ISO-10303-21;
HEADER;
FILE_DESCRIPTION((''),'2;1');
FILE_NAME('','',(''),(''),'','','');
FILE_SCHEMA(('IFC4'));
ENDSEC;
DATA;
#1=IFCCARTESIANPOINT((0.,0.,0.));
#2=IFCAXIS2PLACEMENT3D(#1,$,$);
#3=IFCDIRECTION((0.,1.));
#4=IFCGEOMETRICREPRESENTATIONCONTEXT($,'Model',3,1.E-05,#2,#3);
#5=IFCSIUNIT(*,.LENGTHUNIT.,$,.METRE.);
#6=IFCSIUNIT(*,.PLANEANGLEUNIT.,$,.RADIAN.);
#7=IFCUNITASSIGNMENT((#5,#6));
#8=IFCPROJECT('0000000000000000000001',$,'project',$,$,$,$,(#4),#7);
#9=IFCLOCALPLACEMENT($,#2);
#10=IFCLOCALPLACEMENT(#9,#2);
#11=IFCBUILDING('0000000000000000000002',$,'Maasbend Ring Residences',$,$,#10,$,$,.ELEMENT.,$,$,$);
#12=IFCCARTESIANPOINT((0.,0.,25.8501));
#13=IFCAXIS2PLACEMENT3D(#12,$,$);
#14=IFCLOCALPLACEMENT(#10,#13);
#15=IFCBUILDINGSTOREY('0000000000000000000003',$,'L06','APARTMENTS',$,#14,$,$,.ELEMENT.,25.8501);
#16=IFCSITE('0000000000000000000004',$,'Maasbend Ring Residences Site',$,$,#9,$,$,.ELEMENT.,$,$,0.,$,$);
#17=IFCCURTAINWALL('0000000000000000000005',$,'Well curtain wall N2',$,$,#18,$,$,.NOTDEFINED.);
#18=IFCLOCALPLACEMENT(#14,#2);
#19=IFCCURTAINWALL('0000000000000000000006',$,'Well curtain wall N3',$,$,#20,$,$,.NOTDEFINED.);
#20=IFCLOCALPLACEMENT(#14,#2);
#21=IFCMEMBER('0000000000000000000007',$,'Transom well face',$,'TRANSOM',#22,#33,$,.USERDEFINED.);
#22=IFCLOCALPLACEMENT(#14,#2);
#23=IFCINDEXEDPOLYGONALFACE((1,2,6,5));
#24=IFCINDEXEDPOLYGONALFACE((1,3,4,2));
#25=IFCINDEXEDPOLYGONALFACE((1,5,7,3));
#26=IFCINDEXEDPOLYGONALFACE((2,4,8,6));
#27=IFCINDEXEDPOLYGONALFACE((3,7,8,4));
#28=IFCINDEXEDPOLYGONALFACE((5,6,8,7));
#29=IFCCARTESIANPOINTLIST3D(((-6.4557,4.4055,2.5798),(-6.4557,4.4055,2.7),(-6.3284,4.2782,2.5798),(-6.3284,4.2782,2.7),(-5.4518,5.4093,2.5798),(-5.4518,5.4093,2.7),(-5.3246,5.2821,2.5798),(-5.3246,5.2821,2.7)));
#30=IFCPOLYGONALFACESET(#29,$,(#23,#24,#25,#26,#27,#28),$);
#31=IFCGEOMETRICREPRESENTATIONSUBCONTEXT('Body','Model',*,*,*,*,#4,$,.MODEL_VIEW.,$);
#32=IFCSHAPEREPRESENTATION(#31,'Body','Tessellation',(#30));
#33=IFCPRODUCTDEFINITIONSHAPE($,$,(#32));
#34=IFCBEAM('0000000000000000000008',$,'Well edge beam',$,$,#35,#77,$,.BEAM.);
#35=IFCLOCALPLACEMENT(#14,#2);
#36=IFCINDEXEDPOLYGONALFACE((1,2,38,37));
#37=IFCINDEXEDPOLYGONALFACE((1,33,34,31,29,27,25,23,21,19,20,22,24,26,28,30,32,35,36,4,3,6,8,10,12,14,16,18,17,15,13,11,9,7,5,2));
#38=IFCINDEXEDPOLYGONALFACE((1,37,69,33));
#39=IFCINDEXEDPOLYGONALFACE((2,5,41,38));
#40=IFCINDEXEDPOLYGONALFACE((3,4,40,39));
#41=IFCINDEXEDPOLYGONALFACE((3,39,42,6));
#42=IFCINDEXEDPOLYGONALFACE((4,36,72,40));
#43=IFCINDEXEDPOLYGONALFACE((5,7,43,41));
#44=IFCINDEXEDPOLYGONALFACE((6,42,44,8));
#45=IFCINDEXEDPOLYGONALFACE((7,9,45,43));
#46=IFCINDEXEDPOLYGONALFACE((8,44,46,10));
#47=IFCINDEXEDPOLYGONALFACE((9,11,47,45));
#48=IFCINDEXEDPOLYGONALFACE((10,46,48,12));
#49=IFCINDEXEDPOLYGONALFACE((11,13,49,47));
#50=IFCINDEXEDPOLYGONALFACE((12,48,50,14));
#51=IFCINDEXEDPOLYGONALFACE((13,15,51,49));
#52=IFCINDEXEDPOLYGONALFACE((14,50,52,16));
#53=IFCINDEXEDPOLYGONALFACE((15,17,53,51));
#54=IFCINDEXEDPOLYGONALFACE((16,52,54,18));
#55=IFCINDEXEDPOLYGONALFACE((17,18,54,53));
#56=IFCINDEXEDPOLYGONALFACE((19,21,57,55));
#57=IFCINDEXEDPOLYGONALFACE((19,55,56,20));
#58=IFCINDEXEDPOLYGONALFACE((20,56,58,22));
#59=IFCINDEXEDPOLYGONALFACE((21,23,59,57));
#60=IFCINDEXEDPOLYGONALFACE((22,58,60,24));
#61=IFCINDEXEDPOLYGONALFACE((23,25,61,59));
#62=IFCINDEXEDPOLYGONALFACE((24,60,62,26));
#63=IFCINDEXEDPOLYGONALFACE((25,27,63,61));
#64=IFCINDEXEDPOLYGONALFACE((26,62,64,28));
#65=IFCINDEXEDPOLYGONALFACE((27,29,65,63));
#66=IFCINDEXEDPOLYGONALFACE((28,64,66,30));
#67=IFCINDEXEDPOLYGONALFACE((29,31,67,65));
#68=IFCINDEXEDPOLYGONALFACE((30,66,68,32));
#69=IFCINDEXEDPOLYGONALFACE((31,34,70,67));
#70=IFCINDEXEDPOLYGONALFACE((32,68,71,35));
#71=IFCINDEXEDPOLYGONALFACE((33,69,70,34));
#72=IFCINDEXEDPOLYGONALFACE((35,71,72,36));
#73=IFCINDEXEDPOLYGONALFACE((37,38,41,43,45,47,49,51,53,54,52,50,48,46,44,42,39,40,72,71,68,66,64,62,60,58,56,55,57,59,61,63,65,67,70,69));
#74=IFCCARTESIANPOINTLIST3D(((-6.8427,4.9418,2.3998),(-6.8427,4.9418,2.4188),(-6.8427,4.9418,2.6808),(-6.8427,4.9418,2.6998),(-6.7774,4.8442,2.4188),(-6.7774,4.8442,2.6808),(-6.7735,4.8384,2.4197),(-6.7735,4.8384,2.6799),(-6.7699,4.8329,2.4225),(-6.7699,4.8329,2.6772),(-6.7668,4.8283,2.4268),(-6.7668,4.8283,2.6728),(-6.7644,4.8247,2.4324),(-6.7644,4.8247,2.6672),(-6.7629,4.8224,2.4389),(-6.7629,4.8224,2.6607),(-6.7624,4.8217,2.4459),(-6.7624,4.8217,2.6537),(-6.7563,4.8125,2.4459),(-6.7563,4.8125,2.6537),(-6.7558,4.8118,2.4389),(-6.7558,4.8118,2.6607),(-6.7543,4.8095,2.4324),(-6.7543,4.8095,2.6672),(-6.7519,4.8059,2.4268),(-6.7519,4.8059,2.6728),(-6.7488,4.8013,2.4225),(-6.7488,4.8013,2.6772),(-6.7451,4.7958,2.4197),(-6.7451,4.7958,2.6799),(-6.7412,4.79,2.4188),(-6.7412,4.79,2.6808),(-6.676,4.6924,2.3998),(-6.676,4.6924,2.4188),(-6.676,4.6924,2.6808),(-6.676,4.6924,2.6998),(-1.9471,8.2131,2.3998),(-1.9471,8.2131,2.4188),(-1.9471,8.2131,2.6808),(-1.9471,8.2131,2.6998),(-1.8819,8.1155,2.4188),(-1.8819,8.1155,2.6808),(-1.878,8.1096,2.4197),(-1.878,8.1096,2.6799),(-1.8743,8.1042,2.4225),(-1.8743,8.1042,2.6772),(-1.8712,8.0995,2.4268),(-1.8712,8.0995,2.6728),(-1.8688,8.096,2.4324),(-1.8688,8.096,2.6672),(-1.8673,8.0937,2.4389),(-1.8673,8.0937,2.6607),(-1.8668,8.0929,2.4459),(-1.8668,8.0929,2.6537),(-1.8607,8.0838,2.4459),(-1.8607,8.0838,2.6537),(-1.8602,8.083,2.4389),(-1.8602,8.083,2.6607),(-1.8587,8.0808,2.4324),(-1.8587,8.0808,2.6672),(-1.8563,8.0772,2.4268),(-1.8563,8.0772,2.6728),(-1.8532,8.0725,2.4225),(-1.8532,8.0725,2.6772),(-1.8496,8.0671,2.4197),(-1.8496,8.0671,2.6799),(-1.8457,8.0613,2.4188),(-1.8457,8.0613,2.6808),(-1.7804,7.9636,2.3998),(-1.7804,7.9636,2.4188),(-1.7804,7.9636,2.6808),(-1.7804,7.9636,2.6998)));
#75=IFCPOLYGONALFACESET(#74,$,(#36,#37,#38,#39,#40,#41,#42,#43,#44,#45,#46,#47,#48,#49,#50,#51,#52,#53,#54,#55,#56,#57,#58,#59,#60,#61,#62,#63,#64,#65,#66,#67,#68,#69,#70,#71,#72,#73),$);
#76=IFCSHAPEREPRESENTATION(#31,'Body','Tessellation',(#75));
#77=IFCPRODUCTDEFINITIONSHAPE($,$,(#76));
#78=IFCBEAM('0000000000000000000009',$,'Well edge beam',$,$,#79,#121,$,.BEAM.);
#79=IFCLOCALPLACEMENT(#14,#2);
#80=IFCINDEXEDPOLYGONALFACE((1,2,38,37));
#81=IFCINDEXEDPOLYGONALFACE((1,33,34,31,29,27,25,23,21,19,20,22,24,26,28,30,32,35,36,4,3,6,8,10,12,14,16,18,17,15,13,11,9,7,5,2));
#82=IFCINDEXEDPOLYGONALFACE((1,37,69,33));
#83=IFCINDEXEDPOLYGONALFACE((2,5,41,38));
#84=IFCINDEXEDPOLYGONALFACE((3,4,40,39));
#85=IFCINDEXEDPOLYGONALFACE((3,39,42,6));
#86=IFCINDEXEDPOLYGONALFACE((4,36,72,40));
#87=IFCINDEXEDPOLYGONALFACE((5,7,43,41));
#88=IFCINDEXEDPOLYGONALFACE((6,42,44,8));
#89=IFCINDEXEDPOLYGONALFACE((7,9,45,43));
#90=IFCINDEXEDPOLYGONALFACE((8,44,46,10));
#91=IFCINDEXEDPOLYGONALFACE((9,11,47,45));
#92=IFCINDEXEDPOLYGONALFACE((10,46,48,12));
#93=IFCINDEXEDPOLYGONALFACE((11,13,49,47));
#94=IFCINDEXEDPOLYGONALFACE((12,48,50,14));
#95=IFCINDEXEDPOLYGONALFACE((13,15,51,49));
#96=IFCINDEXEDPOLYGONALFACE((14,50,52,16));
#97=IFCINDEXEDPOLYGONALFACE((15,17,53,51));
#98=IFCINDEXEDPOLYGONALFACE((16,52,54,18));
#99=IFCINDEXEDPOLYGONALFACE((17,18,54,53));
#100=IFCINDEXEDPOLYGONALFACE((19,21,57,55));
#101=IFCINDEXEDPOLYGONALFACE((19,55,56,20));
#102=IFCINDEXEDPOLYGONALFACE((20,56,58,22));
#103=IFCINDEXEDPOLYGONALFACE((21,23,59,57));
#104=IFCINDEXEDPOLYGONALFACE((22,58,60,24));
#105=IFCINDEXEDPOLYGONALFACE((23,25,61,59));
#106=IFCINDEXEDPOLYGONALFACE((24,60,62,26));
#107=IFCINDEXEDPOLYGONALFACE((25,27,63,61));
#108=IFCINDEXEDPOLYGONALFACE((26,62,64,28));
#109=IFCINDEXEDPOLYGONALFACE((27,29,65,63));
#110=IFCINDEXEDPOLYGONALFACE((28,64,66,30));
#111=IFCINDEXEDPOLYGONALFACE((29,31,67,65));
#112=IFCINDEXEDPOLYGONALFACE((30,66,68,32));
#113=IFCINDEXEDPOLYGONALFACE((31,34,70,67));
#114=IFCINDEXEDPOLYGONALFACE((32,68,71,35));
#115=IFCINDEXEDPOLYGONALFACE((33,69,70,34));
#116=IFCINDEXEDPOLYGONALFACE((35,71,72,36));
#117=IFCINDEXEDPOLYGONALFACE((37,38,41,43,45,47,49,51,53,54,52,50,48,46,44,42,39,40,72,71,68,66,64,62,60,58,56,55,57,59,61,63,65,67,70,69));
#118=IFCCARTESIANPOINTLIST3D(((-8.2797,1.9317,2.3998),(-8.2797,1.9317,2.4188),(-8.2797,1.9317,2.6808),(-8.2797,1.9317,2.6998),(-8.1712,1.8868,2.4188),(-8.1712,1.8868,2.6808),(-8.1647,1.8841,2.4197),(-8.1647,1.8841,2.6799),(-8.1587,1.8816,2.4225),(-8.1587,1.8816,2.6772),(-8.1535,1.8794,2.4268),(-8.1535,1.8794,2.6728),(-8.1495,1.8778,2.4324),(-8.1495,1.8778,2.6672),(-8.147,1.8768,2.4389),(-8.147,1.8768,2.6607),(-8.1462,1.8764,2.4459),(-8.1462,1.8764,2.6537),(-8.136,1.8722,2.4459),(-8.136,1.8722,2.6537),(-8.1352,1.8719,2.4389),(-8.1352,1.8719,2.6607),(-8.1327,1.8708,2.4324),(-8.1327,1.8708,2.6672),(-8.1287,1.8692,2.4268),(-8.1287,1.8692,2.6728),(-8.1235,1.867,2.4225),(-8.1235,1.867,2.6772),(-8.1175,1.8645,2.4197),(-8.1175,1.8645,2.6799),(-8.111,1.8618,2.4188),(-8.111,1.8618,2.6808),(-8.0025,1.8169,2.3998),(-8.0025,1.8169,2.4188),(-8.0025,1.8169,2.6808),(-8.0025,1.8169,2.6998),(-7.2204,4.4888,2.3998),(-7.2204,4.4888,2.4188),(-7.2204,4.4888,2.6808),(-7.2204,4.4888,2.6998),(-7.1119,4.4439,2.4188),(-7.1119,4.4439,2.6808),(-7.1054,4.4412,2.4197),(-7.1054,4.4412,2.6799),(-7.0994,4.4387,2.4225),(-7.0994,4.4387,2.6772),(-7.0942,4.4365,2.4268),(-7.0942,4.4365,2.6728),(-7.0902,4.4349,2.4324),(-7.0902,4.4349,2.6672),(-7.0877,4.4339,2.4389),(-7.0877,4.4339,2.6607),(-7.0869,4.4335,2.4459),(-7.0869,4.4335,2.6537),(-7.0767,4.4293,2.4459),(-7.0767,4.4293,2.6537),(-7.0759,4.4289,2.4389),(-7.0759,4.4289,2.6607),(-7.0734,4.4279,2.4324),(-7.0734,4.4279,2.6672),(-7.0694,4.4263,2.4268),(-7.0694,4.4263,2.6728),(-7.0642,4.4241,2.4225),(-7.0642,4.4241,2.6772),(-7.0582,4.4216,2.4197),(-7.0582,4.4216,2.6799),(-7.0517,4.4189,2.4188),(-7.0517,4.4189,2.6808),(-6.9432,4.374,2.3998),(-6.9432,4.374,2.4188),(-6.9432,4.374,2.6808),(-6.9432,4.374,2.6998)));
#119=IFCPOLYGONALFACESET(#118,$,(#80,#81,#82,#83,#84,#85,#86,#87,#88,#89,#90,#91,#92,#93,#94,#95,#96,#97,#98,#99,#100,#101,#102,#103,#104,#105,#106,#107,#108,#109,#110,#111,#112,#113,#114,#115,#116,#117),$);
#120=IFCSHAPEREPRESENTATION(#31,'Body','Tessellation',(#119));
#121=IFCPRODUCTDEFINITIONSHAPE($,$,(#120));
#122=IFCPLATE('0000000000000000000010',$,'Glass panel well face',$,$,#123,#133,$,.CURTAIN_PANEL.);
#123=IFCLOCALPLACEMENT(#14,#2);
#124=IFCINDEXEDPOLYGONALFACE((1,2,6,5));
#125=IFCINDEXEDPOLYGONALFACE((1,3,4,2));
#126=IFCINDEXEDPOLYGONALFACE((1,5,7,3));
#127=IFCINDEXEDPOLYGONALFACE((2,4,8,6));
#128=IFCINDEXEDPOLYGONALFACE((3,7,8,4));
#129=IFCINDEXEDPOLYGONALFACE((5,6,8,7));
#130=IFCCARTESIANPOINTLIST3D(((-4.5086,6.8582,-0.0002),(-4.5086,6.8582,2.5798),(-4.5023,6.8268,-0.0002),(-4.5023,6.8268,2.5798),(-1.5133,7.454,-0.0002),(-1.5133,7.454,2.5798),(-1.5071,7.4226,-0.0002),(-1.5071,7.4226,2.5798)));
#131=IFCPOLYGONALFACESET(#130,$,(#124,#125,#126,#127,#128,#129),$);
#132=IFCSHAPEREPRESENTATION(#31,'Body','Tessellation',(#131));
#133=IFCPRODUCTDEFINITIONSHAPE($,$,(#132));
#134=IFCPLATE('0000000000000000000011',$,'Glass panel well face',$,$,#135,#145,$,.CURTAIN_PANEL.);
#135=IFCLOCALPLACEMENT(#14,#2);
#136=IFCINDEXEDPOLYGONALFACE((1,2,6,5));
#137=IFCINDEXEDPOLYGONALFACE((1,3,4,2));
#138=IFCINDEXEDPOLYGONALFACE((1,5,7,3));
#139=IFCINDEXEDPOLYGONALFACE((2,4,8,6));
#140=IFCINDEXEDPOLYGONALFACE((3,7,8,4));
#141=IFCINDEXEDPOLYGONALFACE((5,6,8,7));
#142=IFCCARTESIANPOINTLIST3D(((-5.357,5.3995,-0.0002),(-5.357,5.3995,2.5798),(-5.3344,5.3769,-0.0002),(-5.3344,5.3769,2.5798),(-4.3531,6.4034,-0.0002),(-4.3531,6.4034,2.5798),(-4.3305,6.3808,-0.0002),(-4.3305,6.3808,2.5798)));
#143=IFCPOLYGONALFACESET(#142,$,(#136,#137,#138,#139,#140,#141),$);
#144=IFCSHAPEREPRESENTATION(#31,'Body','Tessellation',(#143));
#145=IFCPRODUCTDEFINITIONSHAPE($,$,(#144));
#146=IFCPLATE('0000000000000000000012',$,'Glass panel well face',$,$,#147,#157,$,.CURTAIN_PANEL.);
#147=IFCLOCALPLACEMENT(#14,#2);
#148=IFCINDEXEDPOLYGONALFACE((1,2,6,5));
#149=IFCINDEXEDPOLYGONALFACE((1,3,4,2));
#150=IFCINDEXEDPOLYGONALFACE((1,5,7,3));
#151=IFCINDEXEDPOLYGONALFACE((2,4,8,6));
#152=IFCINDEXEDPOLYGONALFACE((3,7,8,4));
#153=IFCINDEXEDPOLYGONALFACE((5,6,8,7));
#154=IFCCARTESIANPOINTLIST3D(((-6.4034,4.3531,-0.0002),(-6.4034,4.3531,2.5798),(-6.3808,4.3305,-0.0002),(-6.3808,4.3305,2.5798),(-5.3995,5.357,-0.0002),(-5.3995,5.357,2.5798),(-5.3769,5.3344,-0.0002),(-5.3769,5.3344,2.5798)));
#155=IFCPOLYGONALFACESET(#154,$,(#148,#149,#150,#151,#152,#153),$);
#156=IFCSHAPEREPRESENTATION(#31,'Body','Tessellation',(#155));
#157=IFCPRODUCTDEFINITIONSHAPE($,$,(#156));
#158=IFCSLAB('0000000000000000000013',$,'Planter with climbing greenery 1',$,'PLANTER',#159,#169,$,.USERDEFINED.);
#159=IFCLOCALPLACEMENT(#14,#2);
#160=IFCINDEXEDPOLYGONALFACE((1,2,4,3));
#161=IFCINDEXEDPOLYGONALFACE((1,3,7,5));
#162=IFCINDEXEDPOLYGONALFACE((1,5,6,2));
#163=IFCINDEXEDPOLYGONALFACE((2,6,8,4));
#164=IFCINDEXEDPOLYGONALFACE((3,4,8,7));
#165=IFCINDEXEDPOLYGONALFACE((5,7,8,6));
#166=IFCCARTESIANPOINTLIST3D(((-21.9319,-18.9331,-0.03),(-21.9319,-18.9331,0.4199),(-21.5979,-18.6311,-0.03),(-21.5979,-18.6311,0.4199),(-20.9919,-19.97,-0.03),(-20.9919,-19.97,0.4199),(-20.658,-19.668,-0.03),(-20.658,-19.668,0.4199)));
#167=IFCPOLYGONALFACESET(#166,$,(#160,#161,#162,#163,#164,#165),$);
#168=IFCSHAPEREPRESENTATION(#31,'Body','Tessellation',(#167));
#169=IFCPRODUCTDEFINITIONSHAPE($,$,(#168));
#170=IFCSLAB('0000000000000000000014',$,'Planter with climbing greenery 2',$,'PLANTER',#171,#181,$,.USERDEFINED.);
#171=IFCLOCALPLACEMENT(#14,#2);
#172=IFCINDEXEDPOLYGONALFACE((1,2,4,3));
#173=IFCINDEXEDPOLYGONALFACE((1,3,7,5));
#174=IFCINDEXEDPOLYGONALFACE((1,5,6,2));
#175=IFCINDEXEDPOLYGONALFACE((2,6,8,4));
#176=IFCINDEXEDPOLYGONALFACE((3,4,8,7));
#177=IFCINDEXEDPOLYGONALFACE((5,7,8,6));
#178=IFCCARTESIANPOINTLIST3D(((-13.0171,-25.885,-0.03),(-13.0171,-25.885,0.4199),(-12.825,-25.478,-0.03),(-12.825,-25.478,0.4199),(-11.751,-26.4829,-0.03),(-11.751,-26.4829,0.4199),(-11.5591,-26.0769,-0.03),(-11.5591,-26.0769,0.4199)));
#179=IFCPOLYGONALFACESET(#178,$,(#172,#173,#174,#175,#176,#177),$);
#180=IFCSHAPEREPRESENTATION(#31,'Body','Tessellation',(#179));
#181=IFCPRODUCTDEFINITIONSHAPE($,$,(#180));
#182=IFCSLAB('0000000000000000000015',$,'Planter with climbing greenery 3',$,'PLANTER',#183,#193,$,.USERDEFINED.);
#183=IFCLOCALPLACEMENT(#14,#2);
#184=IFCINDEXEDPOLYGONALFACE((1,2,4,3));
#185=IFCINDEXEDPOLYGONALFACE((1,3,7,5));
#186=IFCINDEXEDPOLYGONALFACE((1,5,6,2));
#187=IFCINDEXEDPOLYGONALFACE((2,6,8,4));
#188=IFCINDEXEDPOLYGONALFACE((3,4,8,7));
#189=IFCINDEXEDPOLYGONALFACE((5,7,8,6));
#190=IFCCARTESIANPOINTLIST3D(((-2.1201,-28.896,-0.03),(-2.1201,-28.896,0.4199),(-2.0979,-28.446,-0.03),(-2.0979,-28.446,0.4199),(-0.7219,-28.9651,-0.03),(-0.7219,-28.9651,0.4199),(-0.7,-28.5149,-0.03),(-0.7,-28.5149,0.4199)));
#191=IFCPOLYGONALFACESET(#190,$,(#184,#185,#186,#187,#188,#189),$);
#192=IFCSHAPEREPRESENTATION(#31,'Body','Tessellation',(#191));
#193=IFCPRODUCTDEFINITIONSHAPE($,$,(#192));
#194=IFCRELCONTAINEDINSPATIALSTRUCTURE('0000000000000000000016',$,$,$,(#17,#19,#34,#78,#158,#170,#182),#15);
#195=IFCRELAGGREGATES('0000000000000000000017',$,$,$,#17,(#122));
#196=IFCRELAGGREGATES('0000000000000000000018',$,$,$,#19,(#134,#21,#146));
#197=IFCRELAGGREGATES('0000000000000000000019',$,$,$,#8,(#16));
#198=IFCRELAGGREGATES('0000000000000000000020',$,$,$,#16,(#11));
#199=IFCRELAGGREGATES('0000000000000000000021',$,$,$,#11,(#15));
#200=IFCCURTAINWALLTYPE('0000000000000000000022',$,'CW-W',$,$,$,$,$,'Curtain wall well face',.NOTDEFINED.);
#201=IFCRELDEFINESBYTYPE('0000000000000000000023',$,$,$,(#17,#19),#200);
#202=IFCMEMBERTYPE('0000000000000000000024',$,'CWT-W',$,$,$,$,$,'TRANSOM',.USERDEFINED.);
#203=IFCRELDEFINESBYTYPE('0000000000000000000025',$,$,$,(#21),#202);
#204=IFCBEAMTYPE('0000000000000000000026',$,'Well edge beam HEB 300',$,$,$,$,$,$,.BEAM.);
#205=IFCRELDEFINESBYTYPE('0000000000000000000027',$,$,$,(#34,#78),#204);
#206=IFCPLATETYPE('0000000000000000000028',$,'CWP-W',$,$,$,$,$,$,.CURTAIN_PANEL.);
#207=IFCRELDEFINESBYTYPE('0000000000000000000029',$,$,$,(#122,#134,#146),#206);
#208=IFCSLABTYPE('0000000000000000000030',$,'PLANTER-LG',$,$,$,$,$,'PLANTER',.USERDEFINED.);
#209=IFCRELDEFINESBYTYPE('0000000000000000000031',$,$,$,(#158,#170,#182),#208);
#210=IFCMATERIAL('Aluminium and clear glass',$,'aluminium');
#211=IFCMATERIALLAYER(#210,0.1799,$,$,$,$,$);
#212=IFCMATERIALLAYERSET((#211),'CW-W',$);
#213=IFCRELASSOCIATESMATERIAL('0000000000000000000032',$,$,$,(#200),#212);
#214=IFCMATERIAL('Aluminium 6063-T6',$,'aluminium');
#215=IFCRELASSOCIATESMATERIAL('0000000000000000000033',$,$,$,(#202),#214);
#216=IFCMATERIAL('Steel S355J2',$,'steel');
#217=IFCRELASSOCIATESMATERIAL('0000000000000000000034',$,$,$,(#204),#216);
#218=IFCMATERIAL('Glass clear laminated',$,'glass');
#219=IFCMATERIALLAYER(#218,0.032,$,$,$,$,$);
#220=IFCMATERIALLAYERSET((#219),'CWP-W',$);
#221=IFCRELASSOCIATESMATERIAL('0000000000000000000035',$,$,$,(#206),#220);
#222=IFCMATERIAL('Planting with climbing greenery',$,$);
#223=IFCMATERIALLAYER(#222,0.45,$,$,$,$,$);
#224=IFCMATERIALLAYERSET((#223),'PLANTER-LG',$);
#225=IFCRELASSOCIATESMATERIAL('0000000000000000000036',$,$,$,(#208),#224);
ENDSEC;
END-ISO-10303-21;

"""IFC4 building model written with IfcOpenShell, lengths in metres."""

from ifc_helpers import new_model, si_unit, direction, frame, origin, origin_2d, place, context, subcontext, project, spatial, polyline, rectangle, i_section, outline, extrude, material, layer, layer_set, material_profile, profile_set, type_object, element, aggregate, save


model = new_model("IFC4")

# Units and contexts
model_context = context("Model", 3, precision=1e-05, world=origin(), true_north=direction((0.0, 1.0)))
body_context = subcontext(model_context, "Body", "Model", "MODEL_VIEW")
ifc_project = project(units=[si_unit("LENGTHUNIT", "METRE"), si_unit("PLANEANGLEUNIT", "RADIAN")], contexts=[model_context])

# Site, building, storey
site_placement = place(None, origin())
site = spatial("IfcSite", under=ifc_project, at=site_placement, Name="Maasbend Ring Residences Site", CompositionType="ELEMENT", RefElevation=0.0)
building_placement = place(site_placement, origin())
building = spatial("IfcBuilding", under=site, at=building_placement, Name="Maasbend Ring Residences", CompositionType="ELEMENT")
storey_placement = place(building_placement, frame((0.0, 0.0, 25.8501)))
storey = spatial("IfcBuildingStorey", under=building, at=storey_placement, Name="L06", Description="APARTMENTS", CompositionType="ELEMENT", Elevation=25.8501)

# Curtain walls
ifc_material_1 = material(Name="Aluminium and clear glass", Category="aluminium")
ifc_layer_1 = layer(ifc_material_1, 0.1799)
ifc_layer_set_1 = layer_set([ifc_layer_1], Name="CW-W")
curtain_wall_type = type_object("IfcCurtainWallType", Name="CW-W", ElementType="Curtain wall well face", PredefinedType="NOTDEFINED", material=ifc_layer_set_1)
curtain_wall_1_placement = place(storey_placement, origin())
curtain_wall_1 = element("IfcCurtainWall", 1, at=curtain_wall_1_placement, inside=storey, type_object=curtain_wall_type, Name="Well curtain wall N2", PredefinedType="NOTDEFINED")
curtain_wall_2_placement = place(storey_placement, origin())
curtain_wall_2 = element("IfcCurtainWall", 2, at=curtain_wall_2_placement, inside=storey, type_object=curtain_wall_type, Name="Well curtain wall N3", PredefinedType="NOTDEFINED")

# Member
ifc_material_2 = material(Name="Aluminium 6063-T6", Category="aluminium")
ifc_material_profile_1 = material_profile(ifc_material_2, rectangle(XDim=0.1799, YDim=0.1201, at=origin_2d()), Name="AL 180x120")
ifc_profile_set_1 = profile_set([ifc_material_profile_1], Name="Aluminium 6063-T6")
member_type_1 = type_object("IfcMemberType", Name="CWT-W", ElementType="TRANSOM", PredefinedType="USERDEFINED", material=ifc_profile_set_1)
member_1_placement = place(storey_placement, frame((-5.3882, 5.3457, 2.6399), z_axis=(-0.707107, -0.707107, 0.0), x_axis=(0.707107, -0.707107, 0.0)))
member_1 = element("IfcMember", 3, at=member_1_placement, type_object=member_type_1, Name="Transom well face", ObjectType="TRANSOM", PredefinedType="USERDEFINED", context=body_context, shape_type="SweptSolid", body=[
    extrude(rectangle(XDim=0.1799, YDim=0.1201, at=origin_2d()), origin(), (0.0, 0.0, 1.0), 1.4197),
])

# Beams
ifc_material_3 = material(Name="Steel S355J2", Category="steel")
ifc_material_profile_2 = material_profile(ifc_material_3, i_section(OverallWidth=0.3, OverallDepth=0.3, WebThickness=0.011, FlangeThickness=0.019, FilletRadius=0.0271, at=origin_2d()), Name="HEB 300")
ifc_profile_set_2 = profile_set([ifc_material_profile_2], Name="Steel S355J2")
beam_type = type_object("IfcBeamType", Name="Well edge beam HEB 300", PredefinedType="BEAM", material=ifc_profile_set_2)
beam_1_placement = place(storey_placement, frame((-1.8638, 8.0884, 2.5498), z_axis=(-0.831457, -0.55559, 0.0), x_axis=(0.55559, -0.831457, 0.0)))
element("IfcBeam", 4, at=beam_1_placement, inside=storey, type_object=beam_type, Name="Well edge beam", PredefinedType="BEAM", context=body_context, shape_type="SweptSolid", body=[
    extrude(i_section(OverallWidth=0.3, OverallDepth=0.3, WebThickness=0.011, FlangeThickness=0.019, FilletRadius=0.0271, at=origin_2d()), origin(), (0.0, 0.0, 1.0), 5.8879),
])
beam_2_placement = place(storey_placement, frame((-7.0818, 4.4314, 2.5498), z_axis=(-0.382723, -0.923863, 0.0), x_axis=(0.923863, -0.382723, 0.0)))
element("IfcBeam", 5, at=beam_2_placement, inside=storey, type_object=beam_type, Name="Well edge beam", PredefinedType="BEAM", context=body_context, shape_type="SweptSolid", body=[
    extrude(i_section(OverallWidth=0.3, OverallDepth=0.3, WebThickness=0.011, FlangeThickness=0.019, FilletRadius=0.0271, at=origin_2d()), origin(), (0.0, 0.0, 1.0), 2.7678),
])

# Plates
ifc_material_4 = material(Name="Glass clear laminated", Category="glass")
ifc_layer_2 = layer(ifc_material_4, 0.032)
ifc_layer_set_2 = layer_set([ifc_layer_2], Name="CWP-W")
plate_type = type_object("IfcPlateType", Name="CWP-W", PredefinedType="CURTAIN_PANEL", material=ifc_layer_set_2)
plate_1_placement = place(storey_placement, frame((-3.0078, 7.1404, -0.0002), z_axis=(0.0, 0.0, 1.0), x_axis=(-0.980785, -0.19509, 0.0)))
plate_1 = element("IfcPlate", 6, at=plate_1_placement, type_object=plate_type, Name="Glass panel well face", PredefinedType="CURTAIN_PANEL", context=body_context, shape_type="SweptSolid", body=[
    extrude(rectangle(XDim=3.054, YDim=0.032, at=origin_2d()), origin(), (0.0, 0.0, 1.0), 2.5801),
])
aggregate(curtain_wall_1, [plate_1])
plate_2_placement = place(storey_placement, frame((-4.8438, 5.8901, -0.0002), z_axis=(0.0, 0.0, 1.0), x_axis=(-0.707107, -0.707107, 0.0)))
plate_2 = element("IfcPlate", 7, at=plate_2_placement, type_object=plate_type, Name="Glass panel well face", PredefinedType="CURTAIN_PANEL", context=body_context, shape_type="SweptSolid", body=[
    extrude(rectangle(XDim=1.4197, YDim=0.032, at=origin_2d()), origin(), (0.0, 0.0, 1.0), 2.5801),
])
plate_3_placement = place(storey_placement, frame((-5.8901, 4.8438, -0.0002), z_axis=(0.0, 0.0, 1.0), x_axis=(-0.707107, -0.707107, 0.0)))
plate_3 = element("IfcPlate", 8, at=plate_3_placement, type_object=plate_type, Name="Glass panel well face", PredefinedType="CURTAIN_PANEL", context=body_context, shape_type="SweptSolid", body=[
    extrude(rectangle(XDim=1.4197, YDim=0.032, at=origin_2d()), origin(), (0.0, 0.0, 1.0), 2.5801),
])
aggregate(curtain_wall_2, [plate_2, member_1, plate_3])

# Slabs
ifc_material_5 = material(Name="Planting with climbing greenery")
ifc_layer_3 = layer(ifc_material_5, 0.45)
ifc_layer_set_3 = layer_set([ifc_layer_3], Name="PLANTER-LG")
slab_type = type_object("IfcSlabType", Name="PLANTER-LG", ElementType="PLANTER", PredefinedType="USERDEFINED", material=ifc_layer_set_3)
slab_1_placement = place(storey_placement, frame((0.0, 0.0, -0.03)))
element("IfcSlab", 9, at=slab_1_placement, inside=storey, type_object=slab_type, Name="Planter with climbing greenery 1", ObjectType="PLANTER", PredefinedType="USERDEFINED", context=body_context, shape_type="SweptSolid", body=[
    extrude(outline(polyline([(-21.9319, -18.9331), (-20.9919, -19.97), (-20.658, -19.668), (-21.5979, -18.6311), (-21.9319, -18.9331)])), origin(), (0.0, 0.0, 1.0), 0.45),
])
slab_2_placement = place(storey_placement, frame((0.0, 0.0, -0.03)))
element("IfcSlab", 10, at=slab_2_placement, inside=storey, type_object=slab_type, Name="Planter with climbing greenery 2", ObjectType="PLANTER", PredefinedType="USERDEFINED", context=body_context, shape_type="SweptSolid", body=[
    extrude(outline(polyline([(-13.0171, -25.885), (-11.751, -26.4829), (-11.5591, -26.0769), (-12.825, -25.478), (-13.0171, -25.885)])), origin(), (0.0, 0.0, 1.0), 0.45),
])
slab_3_placement = place(storey_placement, frame((0.0, 0.0, -0.03)))
element("IfcSlab", 11, at=slab_3_placement, inside=storey, type_object=slab_type, Name="Planter with climbing greenery 3", ObjectType="PLANTER", PredefinedType="USERDEFINED", context=body_context, shape_type="SweptSolid", body=[
    extrude(outline(polyline([(-2.1201, -28.896), (-0.7219, -28.9651), (-0.7, -28.5149), (-2.0979, -28.446), (-2.1201, -28.896)])), origin(), (0.0, 0.0, 1.0), 0.45),
])

save(model, "model.ifc")
